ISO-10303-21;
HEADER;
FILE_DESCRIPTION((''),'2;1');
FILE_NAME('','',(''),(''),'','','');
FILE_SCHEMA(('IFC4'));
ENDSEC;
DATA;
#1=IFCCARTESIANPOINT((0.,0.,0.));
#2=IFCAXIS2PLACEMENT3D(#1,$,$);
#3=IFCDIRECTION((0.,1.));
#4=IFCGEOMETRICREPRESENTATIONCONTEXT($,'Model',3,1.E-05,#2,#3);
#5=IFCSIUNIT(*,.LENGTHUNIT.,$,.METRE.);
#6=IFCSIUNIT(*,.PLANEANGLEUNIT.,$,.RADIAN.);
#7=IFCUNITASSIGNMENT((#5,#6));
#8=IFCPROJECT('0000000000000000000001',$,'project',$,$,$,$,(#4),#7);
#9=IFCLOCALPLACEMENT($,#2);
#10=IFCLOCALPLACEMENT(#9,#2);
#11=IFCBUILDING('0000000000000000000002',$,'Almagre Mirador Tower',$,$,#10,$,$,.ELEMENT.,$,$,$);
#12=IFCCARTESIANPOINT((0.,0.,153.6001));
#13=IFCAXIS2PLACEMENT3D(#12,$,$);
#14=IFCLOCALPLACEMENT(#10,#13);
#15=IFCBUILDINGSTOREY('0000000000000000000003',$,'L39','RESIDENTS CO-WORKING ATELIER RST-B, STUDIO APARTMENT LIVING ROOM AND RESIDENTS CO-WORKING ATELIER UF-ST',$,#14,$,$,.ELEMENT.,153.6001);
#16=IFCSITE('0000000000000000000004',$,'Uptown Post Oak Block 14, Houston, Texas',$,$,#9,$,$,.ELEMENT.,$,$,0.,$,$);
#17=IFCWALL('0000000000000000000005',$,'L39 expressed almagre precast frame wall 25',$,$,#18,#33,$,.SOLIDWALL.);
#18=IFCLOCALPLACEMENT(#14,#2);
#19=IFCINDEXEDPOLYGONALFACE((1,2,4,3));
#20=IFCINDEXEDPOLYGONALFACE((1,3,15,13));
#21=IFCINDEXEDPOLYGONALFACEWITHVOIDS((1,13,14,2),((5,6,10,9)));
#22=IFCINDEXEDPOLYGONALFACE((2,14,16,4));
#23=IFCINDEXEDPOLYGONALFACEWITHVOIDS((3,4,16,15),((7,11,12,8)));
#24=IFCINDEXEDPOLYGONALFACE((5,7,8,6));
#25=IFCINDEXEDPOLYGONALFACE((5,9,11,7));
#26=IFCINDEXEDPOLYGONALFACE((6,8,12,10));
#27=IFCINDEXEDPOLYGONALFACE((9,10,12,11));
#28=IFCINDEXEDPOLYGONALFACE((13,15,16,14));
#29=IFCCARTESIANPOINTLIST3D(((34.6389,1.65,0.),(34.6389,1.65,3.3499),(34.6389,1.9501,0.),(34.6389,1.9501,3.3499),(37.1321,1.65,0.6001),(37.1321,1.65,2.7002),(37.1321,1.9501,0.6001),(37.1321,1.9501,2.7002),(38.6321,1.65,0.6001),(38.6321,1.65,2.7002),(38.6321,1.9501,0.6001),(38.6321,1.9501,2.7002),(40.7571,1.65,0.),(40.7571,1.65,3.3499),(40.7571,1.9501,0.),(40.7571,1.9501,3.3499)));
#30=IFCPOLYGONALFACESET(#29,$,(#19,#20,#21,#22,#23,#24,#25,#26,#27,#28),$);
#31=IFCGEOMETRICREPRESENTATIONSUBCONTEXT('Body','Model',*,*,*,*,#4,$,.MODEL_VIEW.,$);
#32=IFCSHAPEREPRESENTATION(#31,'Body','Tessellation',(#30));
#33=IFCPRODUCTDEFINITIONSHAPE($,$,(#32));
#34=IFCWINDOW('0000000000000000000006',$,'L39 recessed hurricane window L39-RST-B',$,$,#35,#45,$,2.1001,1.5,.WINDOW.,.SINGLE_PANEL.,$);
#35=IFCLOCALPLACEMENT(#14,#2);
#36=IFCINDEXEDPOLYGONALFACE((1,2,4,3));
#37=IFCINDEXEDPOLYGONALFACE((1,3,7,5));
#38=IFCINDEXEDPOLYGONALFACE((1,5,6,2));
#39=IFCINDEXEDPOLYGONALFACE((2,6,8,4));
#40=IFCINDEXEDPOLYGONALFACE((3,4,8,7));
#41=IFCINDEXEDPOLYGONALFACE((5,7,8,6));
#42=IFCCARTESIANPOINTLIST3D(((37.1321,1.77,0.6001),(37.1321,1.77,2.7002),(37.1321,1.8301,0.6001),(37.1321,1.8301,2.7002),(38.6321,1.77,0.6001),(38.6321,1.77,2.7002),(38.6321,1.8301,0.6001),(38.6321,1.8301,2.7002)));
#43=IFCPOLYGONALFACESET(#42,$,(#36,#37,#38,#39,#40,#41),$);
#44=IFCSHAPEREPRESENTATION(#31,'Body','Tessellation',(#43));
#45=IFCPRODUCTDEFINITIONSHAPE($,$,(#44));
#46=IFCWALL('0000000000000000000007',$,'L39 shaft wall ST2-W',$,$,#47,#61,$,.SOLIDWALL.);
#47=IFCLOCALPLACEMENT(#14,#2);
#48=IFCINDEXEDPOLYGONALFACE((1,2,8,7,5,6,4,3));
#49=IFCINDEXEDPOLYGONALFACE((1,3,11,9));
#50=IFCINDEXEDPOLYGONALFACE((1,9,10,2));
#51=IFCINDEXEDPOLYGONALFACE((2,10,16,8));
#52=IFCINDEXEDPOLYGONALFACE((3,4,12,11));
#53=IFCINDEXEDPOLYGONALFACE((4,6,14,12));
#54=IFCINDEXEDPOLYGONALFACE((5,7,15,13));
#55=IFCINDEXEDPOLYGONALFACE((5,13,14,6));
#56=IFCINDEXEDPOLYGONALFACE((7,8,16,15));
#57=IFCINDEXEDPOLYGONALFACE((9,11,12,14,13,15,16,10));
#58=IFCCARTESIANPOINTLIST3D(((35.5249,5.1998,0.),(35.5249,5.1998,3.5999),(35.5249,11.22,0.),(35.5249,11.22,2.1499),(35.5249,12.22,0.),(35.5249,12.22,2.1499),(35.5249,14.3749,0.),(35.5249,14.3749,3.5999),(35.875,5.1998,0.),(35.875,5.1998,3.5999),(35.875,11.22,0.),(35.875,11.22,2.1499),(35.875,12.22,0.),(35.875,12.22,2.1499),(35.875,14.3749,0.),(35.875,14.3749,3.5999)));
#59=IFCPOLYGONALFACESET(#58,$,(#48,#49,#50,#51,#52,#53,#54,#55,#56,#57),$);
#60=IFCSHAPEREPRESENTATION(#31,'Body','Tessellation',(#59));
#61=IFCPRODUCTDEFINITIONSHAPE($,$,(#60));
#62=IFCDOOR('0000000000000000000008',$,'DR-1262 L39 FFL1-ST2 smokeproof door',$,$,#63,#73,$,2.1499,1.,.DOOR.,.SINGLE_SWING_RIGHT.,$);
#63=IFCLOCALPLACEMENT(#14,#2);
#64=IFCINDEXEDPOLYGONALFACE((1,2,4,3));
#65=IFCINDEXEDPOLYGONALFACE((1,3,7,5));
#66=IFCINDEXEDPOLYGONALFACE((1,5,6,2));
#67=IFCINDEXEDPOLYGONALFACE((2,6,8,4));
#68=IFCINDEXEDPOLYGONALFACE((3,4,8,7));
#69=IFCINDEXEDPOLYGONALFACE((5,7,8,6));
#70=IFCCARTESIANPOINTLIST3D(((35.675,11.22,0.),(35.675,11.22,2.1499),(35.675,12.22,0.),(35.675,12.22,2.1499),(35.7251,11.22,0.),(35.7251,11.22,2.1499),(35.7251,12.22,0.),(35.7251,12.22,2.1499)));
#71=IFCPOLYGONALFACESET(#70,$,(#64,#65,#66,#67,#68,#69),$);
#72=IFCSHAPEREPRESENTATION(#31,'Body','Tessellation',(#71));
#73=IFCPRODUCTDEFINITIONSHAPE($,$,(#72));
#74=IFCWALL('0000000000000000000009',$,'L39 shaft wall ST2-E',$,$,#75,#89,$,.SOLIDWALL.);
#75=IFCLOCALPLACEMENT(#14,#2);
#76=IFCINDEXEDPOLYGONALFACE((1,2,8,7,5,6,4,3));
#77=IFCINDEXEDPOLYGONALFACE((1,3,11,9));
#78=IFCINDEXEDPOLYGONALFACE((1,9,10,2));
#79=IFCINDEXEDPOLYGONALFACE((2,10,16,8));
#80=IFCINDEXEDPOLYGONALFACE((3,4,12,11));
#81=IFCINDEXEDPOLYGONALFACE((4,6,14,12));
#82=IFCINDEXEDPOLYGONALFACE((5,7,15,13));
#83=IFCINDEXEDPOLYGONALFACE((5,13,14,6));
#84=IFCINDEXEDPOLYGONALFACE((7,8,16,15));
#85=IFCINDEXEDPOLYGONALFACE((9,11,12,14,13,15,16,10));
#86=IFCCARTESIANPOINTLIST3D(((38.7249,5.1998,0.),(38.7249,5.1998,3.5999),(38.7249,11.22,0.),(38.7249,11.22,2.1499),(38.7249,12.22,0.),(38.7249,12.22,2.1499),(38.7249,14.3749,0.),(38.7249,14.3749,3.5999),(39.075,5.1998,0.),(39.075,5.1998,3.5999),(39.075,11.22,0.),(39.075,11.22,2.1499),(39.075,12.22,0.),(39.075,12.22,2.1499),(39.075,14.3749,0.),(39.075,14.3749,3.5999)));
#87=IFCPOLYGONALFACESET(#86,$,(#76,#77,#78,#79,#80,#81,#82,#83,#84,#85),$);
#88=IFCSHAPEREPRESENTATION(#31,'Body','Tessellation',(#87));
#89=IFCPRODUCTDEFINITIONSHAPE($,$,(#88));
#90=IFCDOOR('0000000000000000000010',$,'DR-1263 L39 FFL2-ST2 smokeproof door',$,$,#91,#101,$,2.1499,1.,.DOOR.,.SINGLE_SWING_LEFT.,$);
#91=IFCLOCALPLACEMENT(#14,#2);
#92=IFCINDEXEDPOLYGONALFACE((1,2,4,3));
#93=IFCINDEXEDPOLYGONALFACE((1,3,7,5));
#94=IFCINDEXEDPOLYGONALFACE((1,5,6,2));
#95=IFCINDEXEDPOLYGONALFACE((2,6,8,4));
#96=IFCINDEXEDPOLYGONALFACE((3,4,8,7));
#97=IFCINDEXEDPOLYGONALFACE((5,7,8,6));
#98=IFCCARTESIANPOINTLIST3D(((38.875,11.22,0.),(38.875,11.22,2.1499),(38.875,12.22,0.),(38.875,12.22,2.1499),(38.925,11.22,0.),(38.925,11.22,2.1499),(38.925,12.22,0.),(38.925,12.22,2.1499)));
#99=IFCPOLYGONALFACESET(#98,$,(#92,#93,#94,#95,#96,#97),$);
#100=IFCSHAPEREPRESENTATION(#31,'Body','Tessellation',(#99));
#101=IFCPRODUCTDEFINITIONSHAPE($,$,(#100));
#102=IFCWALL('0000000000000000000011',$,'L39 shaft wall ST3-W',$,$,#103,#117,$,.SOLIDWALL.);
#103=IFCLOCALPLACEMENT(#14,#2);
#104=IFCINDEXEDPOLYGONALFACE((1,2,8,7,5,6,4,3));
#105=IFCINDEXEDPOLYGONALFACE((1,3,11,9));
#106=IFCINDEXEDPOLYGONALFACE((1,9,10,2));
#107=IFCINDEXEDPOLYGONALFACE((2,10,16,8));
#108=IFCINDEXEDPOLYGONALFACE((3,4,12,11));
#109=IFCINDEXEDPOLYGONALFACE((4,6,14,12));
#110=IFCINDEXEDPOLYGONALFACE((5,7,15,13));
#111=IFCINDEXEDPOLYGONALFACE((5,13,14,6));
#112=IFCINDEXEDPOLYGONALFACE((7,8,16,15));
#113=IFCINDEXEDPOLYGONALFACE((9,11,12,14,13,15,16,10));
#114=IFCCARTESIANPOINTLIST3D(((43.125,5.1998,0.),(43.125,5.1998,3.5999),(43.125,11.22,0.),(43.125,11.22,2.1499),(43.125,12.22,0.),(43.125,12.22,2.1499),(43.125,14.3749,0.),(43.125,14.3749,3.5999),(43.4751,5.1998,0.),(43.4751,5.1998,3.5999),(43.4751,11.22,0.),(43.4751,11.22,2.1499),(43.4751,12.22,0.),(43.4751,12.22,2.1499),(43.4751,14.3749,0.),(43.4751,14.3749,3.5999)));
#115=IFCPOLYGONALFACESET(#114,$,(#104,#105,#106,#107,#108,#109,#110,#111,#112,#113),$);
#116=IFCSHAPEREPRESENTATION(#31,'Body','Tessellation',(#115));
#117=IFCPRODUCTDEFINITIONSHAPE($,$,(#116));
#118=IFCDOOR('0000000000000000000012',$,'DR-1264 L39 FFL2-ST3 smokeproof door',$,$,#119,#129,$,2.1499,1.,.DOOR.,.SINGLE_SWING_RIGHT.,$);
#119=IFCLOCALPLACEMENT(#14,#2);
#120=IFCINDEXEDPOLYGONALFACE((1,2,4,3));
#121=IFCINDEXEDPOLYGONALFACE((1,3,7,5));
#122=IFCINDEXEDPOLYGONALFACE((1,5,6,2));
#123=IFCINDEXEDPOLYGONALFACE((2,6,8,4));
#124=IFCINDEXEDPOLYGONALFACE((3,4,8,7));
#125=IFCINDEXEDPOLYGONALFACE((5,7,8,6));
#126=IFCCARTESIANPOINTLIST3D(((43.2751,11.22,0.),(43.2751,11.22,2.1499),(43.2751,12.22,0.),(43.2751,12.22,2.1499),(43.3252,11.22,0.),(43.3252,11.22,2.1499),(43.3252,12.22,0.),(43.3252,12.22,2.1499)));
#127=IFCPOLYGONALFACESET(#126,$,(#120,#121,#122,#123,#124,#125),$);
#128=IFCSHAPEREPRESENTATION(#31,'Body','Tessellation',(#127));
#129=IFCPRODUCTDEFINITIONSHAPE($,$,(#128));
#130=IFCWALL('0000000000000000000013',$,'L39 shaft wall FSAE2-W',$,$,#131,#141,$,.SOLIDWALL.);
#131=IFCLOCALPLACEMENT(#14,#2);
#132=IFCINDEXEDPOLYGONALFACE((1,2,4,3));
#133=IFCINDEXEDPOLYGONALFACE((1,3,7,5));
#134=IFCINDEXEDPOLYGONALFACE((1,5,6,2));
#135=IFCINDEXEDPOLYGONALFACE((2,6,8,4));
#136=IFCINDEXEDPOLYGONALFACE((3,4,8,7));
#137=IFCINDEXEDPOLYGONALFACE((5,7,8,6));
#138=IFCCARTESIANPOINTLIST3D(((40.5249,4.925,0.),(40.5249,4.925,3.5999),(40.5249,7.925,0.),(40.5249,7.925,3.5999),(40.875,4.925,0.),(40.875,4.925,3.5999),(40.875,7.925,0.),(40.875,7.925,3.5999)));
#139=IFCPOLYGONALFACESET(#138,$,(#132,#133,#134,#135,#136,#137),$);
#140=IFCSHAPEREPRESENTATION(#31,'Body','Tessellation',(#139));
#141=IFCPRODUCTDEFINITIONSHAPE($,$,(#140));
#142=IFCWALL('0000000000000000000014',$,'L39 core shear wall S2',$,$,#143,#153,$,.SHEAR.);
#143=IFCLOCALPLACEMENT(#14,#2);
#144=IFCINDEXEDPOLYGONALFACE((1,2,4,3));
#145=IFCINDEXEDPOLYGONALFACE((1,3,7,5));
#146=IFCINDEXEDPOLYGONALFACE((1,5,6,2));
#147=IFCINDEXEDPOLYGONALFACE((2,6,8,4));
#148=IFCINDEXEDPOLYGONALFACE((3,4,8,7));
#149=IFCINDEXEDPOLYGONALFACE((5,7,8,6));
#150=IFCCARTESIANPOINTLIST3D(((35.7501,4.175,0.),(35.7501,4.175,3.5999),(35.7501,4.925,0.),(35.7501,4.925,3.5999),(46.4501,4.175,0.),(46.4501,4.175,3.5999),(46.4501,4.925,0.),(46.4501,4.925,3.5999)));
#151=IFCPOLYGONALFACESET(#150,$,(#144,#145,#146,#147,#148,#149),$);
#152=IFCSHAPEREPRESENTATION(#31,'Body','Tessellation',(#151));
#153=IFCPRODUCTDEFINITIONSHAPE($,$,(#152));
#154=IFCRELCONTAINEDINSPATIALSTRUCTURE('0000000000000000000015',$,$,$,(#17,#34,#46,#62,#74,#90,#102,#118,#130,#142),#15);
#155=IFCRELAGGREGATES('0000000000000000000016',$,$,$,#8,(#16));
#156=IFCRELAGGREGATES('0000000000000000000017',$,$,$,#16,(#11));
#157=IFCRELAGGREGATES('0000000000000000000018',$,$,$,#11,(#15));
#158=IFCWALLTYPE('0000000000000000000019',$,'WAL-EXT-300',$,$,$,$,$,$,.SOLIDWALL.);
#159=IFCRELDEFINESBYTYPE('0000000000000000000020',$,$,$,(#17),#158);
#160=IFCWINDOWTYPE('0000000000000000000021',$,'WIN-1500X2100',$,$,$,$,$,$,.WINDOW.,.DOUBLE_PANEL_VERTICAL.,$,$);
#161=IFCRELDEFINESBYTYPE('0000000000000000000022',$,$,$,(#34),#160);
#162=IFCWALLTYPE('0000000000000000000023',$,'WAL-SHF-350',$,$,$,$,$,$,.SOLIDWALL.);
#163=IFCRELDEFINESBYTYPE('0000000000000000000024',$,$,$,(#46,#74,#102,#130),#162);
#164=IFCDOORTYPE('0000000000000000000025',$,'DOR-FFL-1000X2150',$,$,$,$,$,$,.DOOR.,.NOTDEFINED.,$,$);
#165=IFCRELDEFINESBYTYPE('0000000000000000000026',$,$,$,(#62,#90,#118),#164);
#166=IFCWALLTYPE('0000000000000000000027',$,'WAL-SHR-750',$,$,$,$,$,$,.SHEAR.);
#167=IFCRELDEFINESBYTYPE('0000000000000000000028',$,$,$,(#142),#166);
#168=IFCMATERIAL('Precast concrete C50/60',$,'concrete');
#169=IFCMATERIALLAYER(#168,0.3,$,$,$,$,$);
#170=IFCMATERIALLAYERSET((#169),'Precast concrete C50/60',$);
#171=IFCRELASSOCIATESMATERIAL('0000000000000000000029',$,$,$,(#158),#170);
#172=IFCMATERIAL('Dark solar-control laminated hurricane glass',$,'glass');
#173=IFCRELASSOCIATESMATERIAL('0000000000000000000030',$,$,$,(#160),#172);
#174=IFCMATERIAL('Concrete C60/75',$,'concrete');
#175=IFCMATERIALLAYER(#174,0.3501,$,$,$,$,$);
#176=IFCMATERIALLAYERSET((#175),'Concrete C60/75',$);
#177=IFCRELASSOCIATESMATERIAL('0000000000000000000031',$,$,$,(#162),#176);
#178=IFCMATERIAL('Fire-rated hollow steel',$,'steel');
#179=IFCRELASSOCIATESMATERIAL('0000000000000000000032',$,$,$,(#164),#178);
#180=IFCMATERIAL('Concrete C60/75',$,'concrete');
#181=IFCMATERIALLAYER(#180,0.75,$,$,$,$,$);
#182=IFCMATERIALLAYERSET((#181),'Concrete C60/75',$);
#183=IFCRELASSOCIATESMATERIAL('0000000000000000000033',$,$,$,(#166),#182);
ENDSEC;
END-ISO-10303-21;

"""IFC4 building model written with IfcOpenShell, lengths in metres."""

from ifc_helpers import new_model, si_unit, direction, frame, frame_2d, origin, place, context, subcontext, project, spatial, rectangle, extrude, material, layer, layer_set, type_object, element, fill, save


model = new_model("IFC4")

# Units and contexts
model_context = context("Model", 3, precision=1e-05, world=origin(), true_north=direction((0.0, 1.0)))
body_context = subcontext(model_context, "Body", "Model", "MODEL_VIEW")
ifc_project = project(units=[si_unit("LENGTHUNIT", "METRE"), si_unit("PLANEANGLEUNIT", "RADIAN")], contexts=[model_context])

# Site, building, storey
site_placement = place(None, origin())
site = spatial("IfcSite", under=ifc_project, at=site_placement, Name="Uptown Post Oak Block 14, Houston, Texas", CompositionType="ELEMENT", RefElevation=0.0)
building_placement = place(site_placement, origin())
building = spatial("IfcBuilding", under=site, at=building_placement, Name="Almagre Mirador Tower", CompositionType="ELEMENT")
storey_placement = place(building_placement, frame((0.0, 0.0, 153.6001)))
storey = spatial("IfcBuildingStorey", under=building, at=storey_placement, Name="L39", Description="RESIDENTS CO-WORKING ATELIER RST-B, STUDIO APARTMENT LIVING ROOM AND RESIDENTS CO-WORKING ATELIER UF-ST", CompositionType="ELEMENT", Elevation=153.6001)

# Shared definitions
ifc_material_1 = material(Name="Precast concrete C50/60", Category="concrete")
ifc_layer_1 = layer(ifc_material_1, 0.3)
ifc_layer_set_1 = layer_set([ifc_layer_1], Name="Precast concrete C50/60")
wall_type_1 = type_object("IfcWallType", Name="WAL-EXT-300", PredefinedType="SOLIDWALL", material=ifc_layer_set_1)

# Wall, opening, window
wall_1_placement = place(storey_placement, frame((40.7571, 1.8, 0.0), z_axis=(0.0, 0.0, 1.0), x_axis=(-1.0, 0.0, 0.0)))
wall_1 = element("IfcWall", 1, at=wall_1_placement, inside=storey, type_object=wall_type_1, Name="L39 expressed almagre precast frame wall 25", PredefinedType="SOLIDWALL", context=body_context, shape_type="SweptSolid", body=[
    extrude(rectangle(XDim=6.1182, YDim=0.3, at=frame_2d((3.0591, 0.0))), origin(), (0.0, 0.0, 1.0), 3.3499),
])
opening_1_placement = place(wall_1_placement, frame((2.125, 0.0, 0.6001)))
opening_1 = element("IfcOpeningElement", 2, at=opening_1_placement, cuts=wall_1, PredefinedType="OPENING", context=body_context, shape_type="SweptSolid", body=[
    extrude(rectangle(XDim=1.5, YDim=2.1001, at=frame_2d((0.75, 1.05))), frame((0.0, 0.1599, 0.0), z_axis=(0.0, -1.0, 0.0), x_axis=(1.0, 0.0, 0.0)), (0.0, 0.0, 1.0), 0.32),
])
ifc_material_2 = material(Name="Dark solar-control laminated hurricane glass", Category="glass")
window_type = type_object("IfcWindowType", Name="WIN-1500X2100", PartitioningType="DOUBLE_PANEL_VERTICAL", PredefinedType="WINDOW", material=ifc_material_2)
window_placement = place(opening_1_placement, origin())
window = element("IfcWindow", 3, at=window_placement, inside=storey, type_object=window_type, Name="L39 recessed hurricane window L39-RST-B", OverallHeight=2.1001, OverallWidth=1.5, PartitioningType="SINGLE_PANEL", PredefinedType="WINDOW", context=body_context, shape_type="SweptSolid", body=[
    extrude(rectangle(XDim=1.5, YDim=2.1001, at=frame_2d((0.75, 1.05))), frame((0.0, 0.03, 0.0), z_axis=(0.0, -1.0, 0.0), x_axis=(1.0, 0.0, 0.0)), (0.0, 0.0, 1.0), 0.0601),
])
fill(opening_1, window)

# Walls, openings, doors
ifc_material_3 = material(Name="Concrete C60/75", Category="concrete")
ifc_layer_2 = layer(ifc_material_3, 0.3501)
ifc_layer_set_2 = layer_set([ifc_layer_2], Name="Concrete C60/75")
wall_type_2 = type_object("IfcWallType", Name="WAL-SHF-350", PredefinedType="SOLIDWALL", material=ifc_layer_set_2)
wall_2_placement = place(storey_placement, frame((35.7, 5.2, 0.0), z_axis=(0.0, 0.0, 1.0), x_axis=(0.0, 1.0, 0.0)))
wall_2 = element("IfcWall", 4, at=wall_2_placement, inside=storey, type_object=wall_type_2, Name="L39 shaft wall ST2-W", PredefinedType="SOLIDWALL", context=body_context, shape_type="SweptSolid", body=[
    extrude(rectangle(XDim=9.175, YDim=0.3501, at=frame_2d((4.5874, 0.0))), origin(), (0.0, 0.0, 1.0), 3.5999),
])
opening_2_placement = place(wall_2_placement, frame((6.02, 0.0, 0.0)))
opening_2 = element("IfcOpeningElement", 5, at=opening_2_placement, cuts=wall_2, PredefinedType="OPENING", context=body_context, shape_type="SweptSolid", body=[
    extrude(rectangle(XDim=1.0, YDim=2.1499, at=frame_2d((0.5, 1.075))), frame((0.0, 0.185, 0.0), z_axis=(0.0, -1.0, 0.0), x_axis=(1.0, 0.0, 0.0)), (0.0, 0.0, 1.0), 0.3701),
])
ifc_material_4 = material(Name="Fire-rated hollow steel", Category="steel")
door_type = type_object("IfcDoorType", Name="DOR-FFL-1000X2150", OperationType="NOTDEFINED", PredefinedType="DOOR", material=ifc_material_4)
door_1_placement = place(opening_2_placement, origin())
door_1 = element("IfcDoor", 6, at=door_1_placement, inside=storey, type_object=door_type, Name="DR-1262 L39 FFL1-ST2 smokeproof door", OperationType="SINGLE_SWING_RIGHT", OverallHeight=2.1499, OverallWidth=1.0, PredefinedType="DOOR", context=body_context, shape_type="SweptSolid", body=[
    extrude(rectangle(XDim=1.0, YDim=2.1499, at=frame_2d((0.5, 1.075))), frame((0.0, 0.0249, 0.0), z_axis=(0.0, -1.0, 0.0), x_axis=(1.0, 0.0, 0.0)), (0.0, 0.0, 1.0), 0.05),
])
fill(opening_2, door_1)
wall_3_placement = place(storey_placement, frame((38.8999, 5.2, 0.0), z_axis=(0.0, 0.0, 1.0), x_axis=(0.0, 1.0, 0.0)))
wall_3 = element("IfcWall", 7, at=wall_3_placement, inside=storey, type_object=wall_type_2, Name="L39 shaft wall ST2-E", PredefinedType="SOLIDWALL", context=body_context, shape_type="SweptSolid", body=[
    extrude(rectangle(XDim=9.175, YDim=0.3501, at=frame_2d((4.5874, 0.0))), origin(), (0.0, 0.0, 1.0), 3.5999),
])
opening_3_placement = place(wall_3_placement, frame((6.02, 0.0, 0.0)))
opening_3 = element("IfcOpeningElement", 8, at=opening_3_placement, cuts=wall_3, PredefinedType="OPENING", context=body_context, shape_type="SweptSolid", body=[
    extrude(rectangle(XDim=1.0, YDim=2.1499, at=frame_2d((0.5, 1.075))), frame((0.0, 0.185, 0.0), z_axis=(0.0, -1.0, 0.0), x_axis=(1.0, 0.0, 0.0)), (0.0, 0.0, 1.0), 0.3701),
])
door_2_placement = place(opening_3_placement, origin())
door_2 = element("IfcDoor", 9, at=door_2_placement, inside=storey, type_object=door_type, Name="DR-1263 L39 FFL2-ST2 smokeproof door", OperationType="SINGLE_SWING_LEFT", OverallHeight=2.1499, OverallWidth=1.0, PredefinedType="DOOR", context=body_context, shape_type="SweptSolid", body=[
    extrude(rectangle(XDim=1.0, YDim=2.1499, at=frame_2d((0.5, 1.075))), frame((0.0, 0.0249, 0.0), z_axis=(0.0, -1.0, 0.0), x_axis=(1.0, 0.0, 0.0)), (0.0, 0.0, 1.0), 0.05),
])
fill(opening_3, door_2)
wall_4_placement = place(storey_placement, frame((43.3, 5.2, 0.0), z_axis=(0.0, 0.0, 1.0), x_axis=(0.0, 1.0, 0.0)))
wall_4 = element("IfcWall", 10, at=wall_4_placement, inside=storey, type_object=wall_type_2, Name="L39 shaft wall ST3-W", PredefinedType="SOLIDWALL", context=body_context, shape_type="SweptSolid", body=[
    extrude(rectangle(XDim=9.175, YDim=0.3501, at=frame_2d((4.5874, 0.0))), origin(), (0.0, 0.0, 1.0), 3.5999),
])
opening_4_placement = place(wall_4_placement, frame((6.02, 0.0, 0.0)))
opening_4 = element("IfcOpeningElement", 11, at=opening_4_placement, cuts=wall_4, PredefinedType="OPENING", context=body_context, shape_type="SweptSolid", body=[
    extrude(rectangle(XDim=1.0, YDim=2.1499, at=frame_2d((0.5, 1.075))), frame((0.0, 0.185, 0.0), z_axis=(0.0, -1.0, 0.0), x_axis=(1.0, 0.0, 0.0)), (0.0, 0.0, 1.0), 0.3701),
])
door_3_placement = place(opening_4_placement, origin())
door_3 = element("IfcDoor", 12, at=door_3_placement, inside=storey, type_object=door_type, Name="DR-1264 L39 FFL2-ST3 smokeproof door", OperationType="SINGLE_SWING_RIGHT", OverallHeight=2.1499, OverallWidth=1.0, PredefinedType="DOOR", context=body_context, shape_type="SweptSolid", body=[
    extrude(rectangle(XDim=1.0, YDim=2.1499, at=frame_2d((0.5, 1.075))), frame((0.0, 0.0249, 0.0), z_axis=(0.0, -1.0, 0.0), x_axis=(1.0, 0.0, 0.0)), (0.0, 0.0, 1.0), 0.05),
])
fill(opening_4, door_3)

# Walls
wall_5_placement = place(storey_placement, frame((40.7, 4.925, 0.0), z_axis=(0.0, 0.0, 1.0), x_axis=(0.0, 1.0, 0.0)))
element("IfcWall", 13, at=wall_5_placement, inside=storey, type_object=wall_type_2, Name="L39 shaft wall FSAE2-W", PredefinedType="SOLIDWALL", context=body_context, shape_type="SweptSolid", body=[
    extrude(rectangle(XDim=3.0, YDim=0.3501, at=frame_2d((1.5, 0.0))), origin(), (0.0, 0.0, 1.0), 3.5999),
])
ifc_material_5 = material(Name="Concrete C60/75", Category="concrete")
ifc_layer_3 = layer(ifc_material_5, 0.75)
ifc_layer_set_3 = layer_set([ifc_layer_3], Name="Concrete C60/75")
wall_type_3 = type_object("IfcWallType", Name="WAL-SHR-750", PredefinedType="SHEAR", material=ifc_layer_set_3)
wall_6_placement = place(storey_placement, frame((35.75, 4.55, 0.0), z_axis=(0.0, 0.0, 1.0), x_axis=(1.0, 0.0, 0.0)))
element("IfcWall", 14, at=wall_6_placement, inside=storey, type_object=wall_type_3, Name="L39 core shear wall S2", PredefinedType="SHEAR", context=body_context, shape_type="SweptSolid", body=[
    extrude(rectangle(XDim=10.7, YDim=0.75, at=frame_2d((5.3501, 0.0))), origin(), (0.0, 0.0, 1.0), 3.5999),
])

save(model, "model.ifc")
